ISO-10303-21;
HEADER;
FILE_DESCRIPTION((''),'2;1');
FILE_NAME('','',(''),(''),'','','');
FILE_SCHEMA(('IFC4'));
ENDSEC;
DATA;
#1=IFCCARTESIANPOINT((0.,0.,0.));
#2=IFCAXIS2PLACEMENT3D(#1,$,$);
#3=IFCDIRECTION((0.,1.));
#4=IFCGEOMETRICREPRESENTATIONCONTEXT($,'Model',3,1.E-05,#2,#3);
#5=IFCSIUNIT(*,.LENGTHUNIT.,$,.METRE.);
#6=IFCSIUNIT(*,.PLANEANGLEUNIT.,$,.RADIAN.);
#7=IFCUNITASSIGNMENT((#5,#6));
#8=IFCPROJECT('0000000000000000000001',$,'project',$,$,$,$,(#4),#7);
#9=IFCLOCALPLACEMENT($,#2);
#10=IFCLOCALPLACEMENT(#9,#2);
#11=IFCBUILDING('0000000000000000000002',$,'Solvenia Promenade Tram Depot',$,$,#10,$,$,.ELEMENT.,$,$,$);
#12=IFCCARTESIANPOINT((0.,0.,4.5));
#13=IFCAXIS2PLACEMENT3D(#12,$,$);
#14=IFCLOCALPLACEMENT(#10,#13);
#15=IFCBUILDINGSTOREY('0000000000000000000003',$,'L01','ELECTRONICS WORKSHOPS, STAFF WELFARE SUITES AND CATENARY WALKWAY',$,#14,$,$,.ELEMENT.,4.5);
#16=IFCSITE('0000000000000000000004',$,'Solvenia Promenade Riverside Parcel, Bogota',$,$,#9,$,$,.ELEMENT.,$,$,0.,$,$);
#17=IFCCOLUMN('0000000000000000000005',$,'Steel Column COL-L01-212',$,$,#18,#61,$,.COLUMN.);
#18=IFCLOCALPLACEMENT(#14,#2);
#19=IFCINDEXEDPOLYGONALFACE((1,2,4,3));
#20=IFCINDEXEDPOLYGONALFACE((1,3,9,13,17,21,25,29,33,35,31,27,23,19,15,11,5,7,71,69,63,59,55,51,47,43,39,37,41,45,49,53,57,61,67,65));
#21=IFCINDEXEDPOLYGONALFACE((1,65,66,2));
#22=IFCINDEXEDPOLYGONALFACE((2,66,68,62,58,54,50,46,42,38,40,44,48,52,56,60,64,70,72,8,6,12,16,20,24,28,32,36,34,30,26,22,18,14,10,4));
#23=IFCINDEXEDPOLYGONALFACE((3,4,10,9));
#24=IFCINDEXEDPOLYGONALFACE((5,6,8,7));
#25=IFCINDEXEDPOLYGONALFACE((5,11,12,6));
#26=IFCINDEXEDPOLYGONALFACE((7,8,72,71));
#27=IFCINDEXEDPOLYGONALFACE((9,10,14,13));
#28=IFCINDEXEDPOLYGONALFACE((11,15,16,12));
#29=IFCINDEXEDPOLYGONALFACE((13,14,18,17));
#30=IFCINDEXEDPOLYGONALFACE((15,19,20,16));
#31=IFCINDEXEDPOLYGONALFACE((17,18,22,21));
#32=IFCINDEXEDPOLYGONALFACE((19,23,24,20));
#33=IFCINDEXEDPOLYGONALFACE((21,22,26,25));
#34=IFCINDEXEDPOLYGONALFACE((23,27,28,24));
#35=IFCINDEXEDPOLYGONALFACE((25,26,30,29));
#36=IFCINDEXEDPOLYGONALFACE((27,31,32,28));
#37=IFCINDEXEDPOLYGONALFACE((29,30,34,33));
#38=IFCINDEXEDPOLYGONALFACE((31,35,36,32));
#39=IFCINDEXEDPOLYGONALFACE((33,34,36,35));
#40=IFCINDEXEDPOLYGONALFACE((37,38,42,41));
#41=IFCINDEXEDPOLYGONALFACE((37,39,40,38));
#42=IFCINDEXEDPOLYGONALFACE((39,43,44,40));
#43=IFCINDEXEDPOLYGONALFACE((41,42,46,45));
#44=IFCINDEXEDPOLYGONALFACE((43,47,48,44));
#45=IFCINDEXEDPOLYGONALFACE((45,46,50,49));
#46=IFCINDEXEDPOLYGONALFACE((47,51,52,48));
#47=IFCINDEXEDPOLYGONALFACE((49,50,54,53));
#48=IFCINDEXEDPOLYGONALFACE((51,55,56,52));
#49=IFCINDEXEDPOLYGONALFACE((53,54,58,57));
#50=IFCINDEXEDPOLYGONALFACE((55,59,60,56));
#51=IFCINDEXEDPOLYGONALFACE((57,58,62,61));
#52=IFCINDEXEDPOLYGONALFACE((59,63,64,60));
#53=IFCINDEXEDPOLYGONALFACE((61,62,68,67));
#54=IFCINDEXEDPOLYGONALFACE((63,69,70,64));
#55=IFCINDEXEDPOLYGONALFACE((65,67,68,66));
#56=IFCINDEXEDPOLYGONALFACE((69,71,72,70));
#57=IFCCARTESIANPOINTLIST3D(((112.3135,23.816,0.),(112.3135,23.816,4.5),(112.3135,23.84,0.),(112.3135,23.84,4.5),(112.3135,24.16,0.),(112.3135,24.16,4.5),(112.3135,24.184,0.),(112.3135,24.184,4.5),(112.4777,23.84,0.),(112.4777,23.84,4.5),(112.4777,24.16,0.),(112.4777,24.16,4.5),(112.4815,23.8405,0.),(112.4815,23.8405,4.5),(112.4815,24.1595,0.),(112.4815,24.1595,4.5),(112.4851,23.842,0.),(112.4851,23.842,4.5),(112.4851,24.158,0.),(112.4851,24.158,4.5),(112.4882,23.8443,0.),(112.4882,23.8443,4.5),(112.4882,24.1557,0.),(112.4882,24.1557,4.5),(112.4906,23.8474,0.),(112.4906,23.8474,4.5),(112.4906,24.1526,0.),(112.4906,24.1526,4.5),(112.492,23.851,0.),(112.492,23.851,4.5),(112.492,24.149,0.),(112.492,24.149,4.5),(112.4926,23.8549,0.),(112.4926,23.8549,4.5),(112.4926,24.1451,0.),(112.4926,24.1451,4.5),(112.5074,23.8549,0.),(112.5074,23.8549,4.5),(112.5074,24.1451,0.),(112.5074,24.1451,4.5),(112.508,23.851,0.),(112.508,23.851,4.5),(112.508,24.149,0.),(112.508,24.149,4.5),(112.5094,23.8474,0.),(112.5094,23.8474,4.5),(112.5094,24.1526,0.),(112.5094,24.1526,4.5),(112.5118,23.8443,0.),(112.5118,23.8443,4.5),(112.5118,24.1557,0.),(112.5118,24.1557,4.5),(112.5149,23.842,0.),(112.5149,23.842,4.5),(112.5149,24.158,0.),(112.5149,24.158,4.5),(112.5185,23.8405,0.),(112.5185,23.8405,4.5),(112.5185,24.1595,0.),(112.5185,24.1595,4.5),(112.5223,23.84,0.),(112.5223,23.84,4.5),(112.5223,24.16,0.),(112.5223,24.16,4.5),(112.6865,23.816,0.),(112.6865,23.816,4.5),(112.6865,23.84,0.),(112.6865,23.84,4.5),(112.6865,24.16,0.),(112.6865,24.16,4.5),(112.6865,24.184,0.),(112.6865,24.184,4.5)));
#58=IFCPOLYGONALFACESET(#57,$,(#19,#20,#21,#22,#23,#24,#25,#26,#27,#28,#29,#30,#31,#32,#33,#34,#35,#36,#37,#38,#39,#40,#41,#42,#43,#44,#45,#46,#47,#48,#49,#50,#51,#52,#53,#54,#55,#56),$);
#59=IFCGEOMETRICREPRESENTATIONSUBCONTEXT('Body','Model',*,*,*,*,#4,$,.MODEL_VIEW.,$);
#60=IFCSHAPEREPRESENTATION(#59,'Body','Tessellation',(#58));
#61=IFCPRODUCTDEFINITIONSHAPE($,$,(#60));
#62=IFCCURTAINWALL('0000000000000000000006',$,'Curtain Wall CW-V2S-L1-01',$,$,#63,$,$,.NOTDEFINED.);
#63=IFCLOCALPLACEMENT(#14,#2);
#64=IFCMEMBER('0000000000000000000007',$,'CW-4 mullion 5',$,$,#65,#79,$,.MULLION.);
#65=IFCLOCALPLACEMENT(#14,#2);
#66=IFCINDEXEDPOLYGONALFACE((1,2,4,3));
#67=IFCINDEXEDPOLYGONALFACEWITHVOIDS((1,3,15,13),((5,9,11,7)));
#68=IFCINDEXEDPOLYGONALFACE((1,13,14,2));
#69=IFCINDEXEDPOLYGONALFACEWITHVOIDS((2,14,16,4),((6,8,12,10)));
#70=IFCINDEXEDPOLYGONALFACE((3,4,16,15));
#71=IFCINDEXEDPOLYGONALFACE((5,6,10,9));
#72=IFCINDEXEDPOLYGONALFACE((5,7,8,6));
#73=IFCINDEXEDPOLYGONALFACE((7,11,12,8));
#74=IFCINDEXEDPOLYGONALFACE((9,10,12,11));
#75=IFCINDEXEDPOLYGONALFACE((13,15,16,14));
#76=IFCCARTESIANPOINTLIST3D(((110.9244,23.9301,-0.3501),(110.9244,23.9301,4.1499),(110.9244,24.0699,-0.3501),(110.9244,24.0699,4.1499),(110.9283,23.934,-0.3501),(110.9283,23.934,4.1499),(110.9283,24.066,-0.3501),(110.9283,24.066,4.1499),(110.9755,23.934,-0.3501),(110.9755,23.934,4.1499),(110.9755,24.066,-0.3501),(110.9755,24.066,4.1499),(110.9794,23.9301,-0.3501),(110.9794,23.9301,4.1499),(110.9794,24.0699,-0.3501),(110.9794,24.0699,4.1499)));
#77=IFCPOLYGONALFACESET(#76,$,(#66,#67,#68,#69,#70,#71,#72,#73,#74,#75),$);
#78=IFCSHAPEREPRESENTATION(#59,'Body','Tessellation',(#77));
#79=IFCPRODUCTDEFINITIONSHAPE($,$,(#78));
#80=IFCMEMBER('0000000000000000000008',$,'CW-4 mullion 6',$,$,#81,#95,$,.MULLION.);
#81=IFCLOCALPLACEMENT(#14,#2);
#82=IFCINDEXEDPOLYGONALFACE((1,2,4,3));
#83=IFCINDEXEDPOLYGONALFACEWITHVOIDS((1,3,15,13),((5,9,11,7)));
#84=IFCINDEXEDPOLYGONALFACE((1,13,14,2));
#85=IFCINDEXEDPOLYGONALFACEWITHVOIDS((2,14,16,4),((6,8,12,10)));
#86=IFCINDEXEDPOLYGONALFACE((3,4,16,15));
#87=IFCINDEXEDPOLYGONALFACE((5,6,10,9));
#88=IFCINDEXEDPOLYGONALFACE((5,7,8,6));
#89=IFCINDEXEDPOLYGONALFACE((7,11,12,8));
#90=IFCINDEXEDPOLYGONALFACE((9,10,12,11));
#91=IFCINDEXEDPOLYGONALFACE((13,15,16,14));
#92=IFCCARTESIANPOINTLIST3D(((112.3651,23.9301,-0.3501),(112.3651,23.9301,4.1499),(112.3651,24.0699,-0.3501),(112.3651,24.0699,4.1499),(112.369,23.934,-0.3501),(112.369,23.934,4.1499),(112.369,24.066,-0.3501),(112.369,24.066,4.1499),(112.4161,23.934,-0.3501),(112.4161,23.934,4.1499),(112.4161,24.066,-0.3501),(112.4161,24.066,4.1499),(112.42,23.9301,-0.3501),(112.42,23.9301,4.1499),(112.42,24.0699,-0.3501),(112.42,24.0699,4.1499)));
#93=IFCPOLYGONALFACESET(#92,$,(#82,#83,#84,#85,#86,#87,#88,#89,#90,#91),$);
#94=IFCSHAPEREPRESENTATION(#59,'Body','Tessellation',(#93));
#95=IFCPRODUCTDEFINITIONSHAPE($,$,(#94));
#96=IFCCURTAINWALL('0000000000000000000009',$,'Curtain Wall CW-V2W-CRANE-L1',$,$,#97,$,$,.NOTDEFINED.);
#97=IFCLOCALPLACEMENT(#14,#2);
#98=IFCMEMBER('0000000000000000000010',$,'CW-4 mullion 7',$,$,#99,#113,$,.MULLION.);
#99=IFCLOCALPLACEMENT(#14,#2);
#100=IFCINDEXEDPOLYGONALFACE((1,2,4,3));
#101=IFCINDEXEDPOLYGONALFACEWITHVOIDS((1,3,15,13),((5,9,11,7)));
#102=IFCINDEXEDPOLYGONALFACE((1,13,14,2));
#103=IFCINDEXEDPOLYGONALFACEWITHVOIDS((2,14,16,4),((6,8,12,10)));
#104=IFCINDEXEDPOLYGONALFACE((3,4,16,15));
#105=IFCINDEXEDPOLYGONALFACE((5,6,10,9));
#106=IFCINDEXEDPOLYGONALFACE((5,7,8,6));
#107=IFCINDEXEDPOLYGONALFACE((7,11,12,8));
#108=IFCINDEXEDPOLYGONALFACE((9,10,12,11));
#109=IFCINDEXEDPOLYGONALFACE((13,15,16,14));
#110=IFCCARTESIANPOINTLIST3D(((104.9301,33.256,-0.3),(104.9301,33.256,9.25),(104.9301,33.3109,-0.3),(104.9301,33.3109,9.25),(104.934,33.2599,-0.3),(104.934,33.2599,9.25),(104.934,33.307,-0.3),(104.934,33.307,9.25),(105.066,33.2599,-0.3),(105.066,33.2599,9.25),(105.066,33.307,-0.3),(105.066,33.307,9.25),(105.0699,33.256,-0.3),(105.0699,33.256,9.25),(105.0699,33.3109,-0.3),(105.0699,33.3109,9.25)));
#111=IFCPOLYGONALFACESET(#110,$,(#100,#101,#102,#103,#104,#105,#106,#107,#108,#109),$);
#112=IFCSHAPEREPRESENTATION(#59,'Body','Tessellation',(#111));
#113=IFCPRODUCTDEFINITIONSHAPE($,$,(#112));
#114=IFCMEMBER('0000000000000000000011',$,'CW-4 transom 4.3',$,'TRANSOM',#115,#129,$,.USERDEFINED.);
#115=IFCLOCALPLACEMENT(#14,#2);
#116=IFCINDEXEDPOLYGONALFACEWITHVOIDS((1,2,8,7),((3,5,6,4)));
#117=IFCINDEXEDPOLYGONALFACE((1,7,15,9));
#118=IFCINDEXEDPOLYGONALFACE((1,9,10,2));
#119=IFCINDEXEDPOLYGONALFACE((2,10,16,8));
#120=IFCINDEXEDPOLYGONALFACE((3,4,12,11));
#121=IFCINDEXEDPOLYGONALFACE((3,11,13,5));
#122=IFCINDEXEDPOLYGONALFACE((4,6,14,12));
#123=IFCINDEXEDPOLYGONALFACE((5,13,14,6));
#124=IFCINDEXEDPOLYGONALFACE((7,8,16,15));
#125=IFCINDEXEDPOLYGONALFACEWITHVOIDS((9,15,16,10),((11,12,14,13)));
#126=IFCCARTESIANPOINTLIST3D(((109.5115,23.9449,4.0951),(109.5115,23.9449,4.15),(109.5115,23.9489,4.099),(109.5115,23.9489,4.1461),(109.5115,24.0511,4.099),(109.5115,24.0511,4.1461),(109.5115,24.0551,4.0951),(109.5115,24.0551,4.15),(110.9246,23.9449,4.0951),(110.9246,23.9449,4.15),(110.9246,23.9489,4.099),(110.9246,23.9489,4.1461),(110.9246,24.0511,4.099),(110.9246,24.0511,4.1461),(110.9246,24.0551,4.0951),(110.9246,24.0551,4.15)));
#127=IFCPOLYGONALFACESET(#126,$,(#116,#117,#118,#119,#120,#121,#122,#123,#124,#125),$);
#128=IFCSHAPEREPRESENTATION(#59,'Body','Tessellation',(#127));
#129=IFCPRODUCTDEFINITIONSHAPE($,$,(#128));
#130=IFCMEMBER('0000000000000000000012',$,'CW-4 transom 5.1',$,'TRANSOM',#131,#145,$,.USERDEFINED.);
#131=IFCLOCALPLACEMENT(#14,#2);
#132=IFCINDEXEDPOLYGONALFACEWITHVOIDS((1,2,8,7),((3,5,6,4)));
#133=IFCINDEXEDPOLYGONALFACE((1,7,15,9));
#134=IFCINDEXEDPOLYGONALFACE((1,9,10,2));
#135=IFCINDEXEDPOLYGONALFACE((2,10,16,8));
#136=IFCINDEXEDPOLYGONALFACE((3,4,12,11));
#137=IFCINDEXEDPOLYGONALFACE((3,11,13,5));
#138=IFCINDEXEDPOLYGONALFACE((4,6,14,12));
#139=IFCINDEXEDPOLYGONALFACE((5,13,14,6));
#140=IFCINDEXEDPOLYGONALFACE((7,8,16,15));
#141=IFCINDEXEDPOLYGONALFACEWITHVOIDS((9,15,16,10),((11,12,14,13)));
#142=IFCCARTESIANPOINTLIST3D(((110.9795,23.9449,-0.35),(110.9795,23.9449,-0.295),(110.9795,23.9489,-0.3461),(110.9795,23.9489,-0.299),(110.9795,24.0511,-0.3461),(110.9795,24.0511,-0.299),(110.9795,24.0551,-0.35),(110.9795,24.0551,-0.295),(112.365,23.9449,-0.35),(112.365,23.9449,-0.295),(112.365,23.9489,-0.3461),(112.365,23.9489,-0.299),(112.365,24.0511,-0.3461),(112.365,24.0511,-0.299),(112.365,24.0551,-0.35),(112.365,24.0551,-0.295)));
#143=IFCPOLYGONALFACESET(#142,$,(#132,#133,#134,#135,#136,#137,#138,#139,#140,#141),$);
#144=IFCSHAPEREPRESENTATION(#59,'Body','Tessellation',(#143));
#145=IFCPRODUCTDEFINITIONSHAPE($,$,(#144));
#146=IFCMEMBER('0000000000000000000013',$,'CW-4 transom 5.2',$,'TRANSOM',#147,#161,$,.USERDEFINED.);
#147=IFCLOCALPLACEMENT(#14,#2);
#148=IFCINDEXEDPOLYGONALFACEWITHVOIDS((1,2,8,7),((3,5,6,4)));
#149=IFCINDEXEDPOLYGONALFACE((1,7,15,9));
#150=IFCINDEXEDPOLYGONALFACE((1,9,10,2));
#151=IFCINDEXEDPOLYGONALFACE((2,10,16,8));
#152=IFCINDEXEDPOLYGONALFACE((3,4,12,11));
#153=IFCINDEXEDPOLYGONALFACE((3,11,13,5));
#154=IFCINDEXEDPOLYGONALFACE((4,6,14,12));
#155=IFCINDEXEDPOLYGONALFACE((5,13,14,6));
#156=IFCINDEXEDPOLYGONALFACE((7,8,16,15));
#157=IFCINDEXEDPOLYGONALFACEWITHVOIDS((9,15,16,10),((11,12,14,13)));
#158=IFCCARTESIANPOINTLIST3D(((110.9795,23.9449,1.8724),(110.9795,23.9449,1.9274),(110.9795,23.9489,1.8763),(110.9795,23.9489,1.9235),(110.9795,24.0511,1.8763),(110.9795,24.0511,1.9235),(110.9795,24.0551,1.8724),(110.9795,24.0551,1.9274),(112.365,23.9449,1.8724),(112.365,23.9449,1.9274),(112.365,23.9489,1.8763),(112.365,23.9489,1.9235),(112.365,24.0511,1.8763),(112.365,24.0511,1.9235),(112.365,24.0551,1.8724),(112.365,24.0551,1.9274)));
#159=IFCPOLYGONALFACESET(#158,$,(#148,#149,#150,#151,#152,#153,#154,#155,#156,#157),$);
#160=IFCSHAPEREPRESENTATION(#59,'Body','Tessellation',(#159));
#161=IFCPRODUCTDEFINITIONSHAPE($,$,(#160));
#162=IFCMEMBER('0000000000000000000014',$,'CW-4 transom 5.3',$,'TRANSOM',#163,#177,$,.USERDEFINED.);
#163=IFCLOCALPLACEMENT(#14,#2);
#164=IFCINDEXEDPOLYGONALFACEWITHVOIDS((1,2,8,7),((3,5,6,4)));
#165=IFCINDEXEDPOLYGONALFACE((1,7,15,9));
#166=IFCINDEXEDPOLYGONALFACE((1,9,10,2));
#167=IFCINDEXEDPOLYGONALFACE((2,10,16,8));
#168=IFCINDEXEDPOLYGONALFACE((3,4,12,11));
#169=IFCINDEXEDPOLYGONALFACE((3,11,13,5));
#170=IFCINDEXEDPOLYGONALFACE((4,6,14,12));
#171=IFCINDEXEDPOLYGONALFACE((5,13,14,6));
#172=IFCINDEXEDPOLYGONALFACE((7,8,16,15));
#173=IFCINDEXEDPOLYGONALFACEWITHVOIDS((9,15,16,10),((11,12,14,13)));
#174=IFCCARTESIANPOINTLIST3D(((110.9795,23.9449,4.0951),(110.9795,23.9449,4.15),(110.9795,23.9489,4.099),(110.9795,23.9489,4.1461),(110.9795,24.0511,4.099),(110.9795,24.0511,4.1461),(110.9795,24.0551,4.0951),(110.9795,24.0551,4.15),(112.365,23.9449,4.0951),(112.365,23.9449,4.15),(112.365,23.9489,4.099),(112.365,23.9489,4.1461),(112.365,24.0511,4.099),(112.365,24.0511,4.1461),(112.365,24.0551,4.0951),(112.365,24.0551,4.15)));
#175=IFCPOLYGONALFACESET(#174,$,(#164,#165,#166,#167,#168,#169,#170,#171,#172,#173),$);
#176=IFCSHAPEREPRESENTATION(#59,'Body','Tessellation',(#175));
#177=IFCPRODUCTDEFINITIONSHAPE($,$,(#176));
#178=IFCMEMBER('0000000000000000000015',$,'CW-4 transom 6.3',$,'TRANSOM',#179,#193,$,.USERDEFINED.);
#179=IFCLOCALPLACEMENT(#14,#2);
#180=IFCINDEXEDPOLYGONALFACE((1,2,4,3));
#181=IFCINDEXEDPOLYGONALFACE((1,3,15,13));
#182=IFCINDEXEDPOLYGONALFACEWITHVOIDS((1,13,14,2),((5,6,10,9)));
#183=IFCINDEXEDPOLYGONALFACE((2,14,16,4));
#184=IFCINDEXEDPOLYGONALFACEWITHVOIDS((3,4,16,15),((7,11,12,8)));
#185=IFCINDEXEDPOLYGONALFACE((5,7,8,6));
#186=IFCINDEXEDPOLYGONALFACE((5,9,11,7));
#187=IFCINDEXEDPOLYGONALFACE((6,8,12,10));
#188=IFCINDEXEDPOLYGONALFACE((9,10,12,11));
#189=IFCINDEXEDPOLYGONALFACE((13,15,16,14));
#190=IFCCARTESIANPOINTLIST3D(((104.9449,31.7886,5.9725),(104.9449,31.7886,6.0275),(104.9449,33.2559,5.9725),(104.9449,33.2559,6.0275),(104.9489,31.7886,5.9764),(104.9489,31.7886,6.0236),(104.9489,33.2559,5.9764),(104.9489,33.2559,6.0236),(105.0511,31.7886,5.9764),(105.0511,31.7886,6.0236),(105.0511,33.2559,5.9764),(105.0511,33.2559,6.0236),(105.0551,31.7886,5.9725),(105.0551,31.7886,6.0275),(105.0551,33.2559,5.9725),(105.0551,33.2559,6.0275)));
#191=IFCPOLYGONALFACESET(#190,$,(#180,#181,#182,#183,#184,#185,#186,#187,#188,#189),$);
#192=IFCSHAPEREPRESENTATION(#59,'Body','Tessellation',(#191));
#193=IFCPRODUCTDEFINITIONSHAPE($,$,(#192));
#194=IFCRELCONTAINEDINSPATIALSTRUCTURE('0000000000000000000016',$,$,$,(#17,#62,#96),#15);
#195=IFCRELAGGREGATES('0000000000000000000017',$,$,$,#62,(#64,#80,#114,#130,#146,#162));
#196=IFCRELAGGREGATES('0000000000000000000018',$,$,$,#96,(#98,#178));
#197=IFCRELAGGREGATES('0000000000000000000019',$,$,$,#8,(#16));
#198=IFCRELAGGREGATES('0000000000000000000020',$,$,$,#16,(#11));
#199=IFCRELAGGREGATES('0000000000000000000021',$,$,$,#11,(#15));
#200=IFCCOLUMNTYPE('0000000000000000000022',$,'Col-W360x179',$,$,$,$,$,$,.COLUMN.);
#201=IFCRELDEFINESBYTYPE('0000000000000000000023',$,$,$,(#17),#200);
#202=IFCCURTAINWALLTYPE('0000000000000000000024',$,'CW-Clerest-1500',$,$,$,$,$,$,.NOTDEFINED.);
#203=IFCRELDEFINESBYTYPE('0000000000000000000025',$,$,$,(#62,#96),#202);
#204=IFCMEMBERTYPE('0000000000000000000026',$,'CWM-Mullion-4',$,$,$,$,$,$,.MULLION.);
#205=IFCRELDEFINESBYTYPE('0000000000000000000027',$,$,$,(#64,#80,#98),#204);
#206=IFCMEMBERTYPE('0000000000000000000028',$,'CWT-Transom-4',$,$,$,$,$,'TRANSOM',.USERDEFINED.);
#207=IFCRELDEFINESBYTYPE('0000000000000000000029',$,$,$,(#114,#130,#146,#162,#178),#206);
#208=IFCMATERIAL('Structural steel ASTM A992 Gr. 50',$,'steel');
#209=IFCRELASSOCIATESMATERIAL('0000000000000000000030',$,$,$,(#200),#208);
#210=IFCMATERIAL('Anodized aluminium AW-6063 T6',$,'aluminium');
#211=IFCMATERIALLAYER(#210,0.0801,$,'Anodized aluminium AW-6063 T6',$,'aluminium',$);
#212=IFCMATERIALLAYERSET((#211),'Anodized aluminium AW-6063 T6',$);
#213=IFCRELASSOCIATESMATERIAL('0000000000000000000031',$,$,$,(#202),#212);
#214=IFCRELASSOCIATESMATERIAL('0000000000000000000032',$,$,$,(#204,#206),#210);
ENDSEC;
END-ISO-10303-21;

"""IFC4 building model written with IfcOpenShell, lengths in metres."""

from ifc_helpers import new_model, si_unit, direction, frame, origin, origin_2d, place, context, subcontext, project, spatial, hollow_rectangle, i_section, extrude, material, layer, layer_set, material_profile, profile_set, type_object, element, aggregate, save


model = new_model("IFC4")

# Units and contexts
model_context = context("Model", 3, precision=1e-05, world=origin(), true_north=direction((0.0, 1.0)))
body_context = subcontext(model_context, "Body", "Model", "MODEL_VIEW")
ifc_project = project(units=[si_unit("LENGTHUNIT", "METRE"), si_unit("PLANEANGLEUNIT", "RADIAN")], contexts=[model_context])

# Site, building, storey
site_placement = place(None, origin())
site = spatial("IfcSite", under=ifc_project, at=site_placement, Name="Solvenia Promenade Riverside Parcel, Bogota", CompositionType="ELEMENT", RefElevation=0.0)
building_placement = place(site_placement, origin())
building = spatial("IfcBuilding", under=site, at=building_placement, Name="Solvenia Promenade Tram Depot", CompositionType="ELEMENT")
storey_placement = place(building_placement, frame((0.0, 0.0, 4.5)))
storey = spatial("IfcBuildingStorey", under=building, at=storey_placement, Name="L01", Description="ELECTRONICS WORKSHOPS, STAFF WELFARE SUITES AND CATENARY WALKWAY", CompositionType="ELEMENT", Elevation=4.5)

# Column
ifc_material_1 = material(Name="Structural steel ASTM A992 Gr. 50", Category="steel")
ifc_material_profile_1 = material_profile(ifc_material_1, i_section(OverallWidth=0.373, OverallDepth=0.3679, WebThickness=0.0149, FlangeThickness=0.0239, FilletRadius=0.0149, at=origin_2d()), Name="W360x179", Category="steel")
ifc_profile_set_1 = profile_set([ifc_material_profile_1], Name="Structural steel ASTM A992 Gr. 50")
column_type = type_object("IfcColumnType", Name="Col-W360x179", PredefinedType="COLUMN", material=ifc_profile_set_1)
column_placement = place(storey_placement, frame((112.5, 24.0, 0.0), z_axis=(0.0, 0.0, 1.0), x_axis=(1.0, 0.0, 0.0)))
element("IfcColumn", 1, at=column_placement, inside=storey, type_object=column_type, Name="Steel Column COL-L01-212", PredefinedType="COLUMN", context=body_context, shape_type="SweptSolid", body=[
    extrude(i_section(OverallWidth=0.373, OverallDepth=0.3679, WebThickness=0.0149, FlangeThickness=0.0239, FilletRadius=0.0149, at=origin_2d()), origin(), (0.0, 0.0, 1.0), 4.5),
])

# Curtain wall, members
ifc_material_2 = material(Name="Anodized aluminium AW-6063 T6", Category="aluminium")
ifc_layer_1 = layer(ifc_material_2, 0.0801, Name="Anodized aluminium AW-6063 T6", Category="aluminium")
ifc_layer_set_1 = layer_set([ifc_layer_1], Name="Anodized aluminium AW-6063 T6")
curtain_wall_type = type_object("IfcCurtainWallType", Name="CW-Clerest-1500", PredefinedType="NOTDEFINED", material=ifc_layer_set_1)
curtain_wall_1_placement = place(storey_placement, origin())
curtain_wall_1 = element("IfcCurtainWall", 2, at=curtain_wall_1_placement, inside=storey, type_object=curtain_wall_type, Name="Curtain Wall CW-V2S-L1-01", PredefinedType="NOTDEFINED")
ifc_material_profile_2 = material_profile(ifc_material_2, hollow_rectangle(XDim=0.1399, YDim=0.0549, WallThickness=0.0039, at=origin_2d()), Name="ALU-M4", Category="aluminium")
ifc_profile_set_2 = profile_set([ifc_material_profile_2], Name="Anodized aluminium AW-6063 T6")
member_type_1 = type_object("IfcMemberType", Name="CWM-Mullion-4", PredefinedType="MULLION", material=ifc_profile_set_2)
member_1_placement = place(storey_placement, frame((110.9519, 24.0, -0.3501), z_axis=(0.0, 0.0, 1.0), x_axis=(0.0, 1.0, 0.0)))
member_1 = element("IfcMember", 3, at=member_1_placement, type_object=member_type_1, Name="CW-4 mullion 5", PredefinedType="MULLION", context=body_context, shape_type="SweptSolid", body=[
    extrude(hollow_rectangle(XDim=0.1399, YDim=0.0549, WallThickness=0.0039, at=origin_2d()), origin(), (0.0, 0.0, 1.0), 4.5),
])
member_2_placement = place(storey_placement, frame((112.3926, 24.0, -0.3501), z_axis=(0.0, 0.0, 1.0), x_axis=(0.0, 1.0, 0.0)))
member_2 = element("IfcMember", 4, at=member_2_placement, type_object=member_type_1, Name="CW-4 mullion 6", PredefinedType="MULLION", context=body_context, shape_type="SweptSolid", body=[
    extrude(hollow_rectangle(XDim=0.1399, YDim=0.0549, WallThickness=0.0039, at=origin_2d()), origin(), (0.0, 0.0, 1.0), 4.5),
])

# Curtain wall, member
curtain_wall_2_placement = place(storey_placement, origin())
curtain_wall_2 = element("IfcCurtainWall", 5, at=curtain_wall_2_placement, inside=storey, type_object=curtain_wall_type, Name="Curtain Wall CW-V2W-CRANE-L1", PredefinedType="NOTDEFINED")
member_3_placement = place(storey_placement, frame((105.0, 33.2834, -0.3), z_axis=(0.0, 0.0, 1.0), x_axis=(-1.0, 0.0, 0.0)))
member_3 = element("IfcMember", 6, at=member_3_placement, type_object=member_type_1, Name="CW-4 mullion 7", PredefinedType="MULLION", context=body_context, shape_type="SweptSolid", body=[
    extrude(hollow_rectangle(XDim=0.1399, YDim=0.0549, WallThickness=0.0039, at=origin_2d()), origin(), (0.0, 0.0, 1.0), 9.55),
])

# Members
ifc_material_profile_3 = material_profile(ifc_material_2, hollow_rectangle(XDim=0.1101, YDim=0.0549, WallThickness=0.0039, at=origin_2d()), Name="ALU-T4", Category="aluminium")
ifc_profile_set_3 = profile_set([ifc_material_profile_3], Name="Anodized aluminium AW-6063 T6")
member_type_2 = type_object("IfcMemberType", Name="CWT-Transom-4", ElementType="TRANSOM", PredefinedType="USERDEFINED", material=ifc_profile_set_3)
member_4_placement = place(storey_placement, frame((109.5115, 24.0, 4.1226), z_axis=(1.0, 0.0, 0.0), x_axis=(0.0, 1.0, 0.0)))
member_4 = element("IfcMember", 7, at=member_4_placement, type_object=member_type_2, Name="CW-4 transom 4.3", ObjectType="TRANSOM", PredefinedType="USERDEFINED", context=body_context, shape_type="SweptSolid", body=[
    extrude(hollow_rectangle(XDim=0.1101, YDim=0.0549, WallThickness=0.0039, at=origin_2d()), origin(), (0.0, 0.0, 1.0), 1.4131),
])
member_5_placement = place(storey_placement, frame((110.9795, 24.0, -0.3225), z_axis=(1.0, 0.0, 0.0), x_axis=(0.0, 1.0, 0.0)))
member_5 = element("IfcMember", 8, at=member_5_placement, type_object=member_type_2, Name="CW-4 transom 5.1", ObjectType="TRANSOM", PredefinedType="USERDEFINED", context=body_context, shape_type="SweptSolid", body=[
    extrude(hollow_rectangle(XDim=0.1101, YDim=0.0549, WallThickness=0.0039, at=origin_2d()), origin(), (0.0, 0.0, 1.0), 1.3855),
])
member_6_placement = place(storey_placement, frame((110.9795, 24.0, 1.8999), z_axis=(1.0, 0.0, 0.0), x_axis=(0.0, 1.0, 0.0)))
member_6 = element("IfcMember", 9, at=member_6_placement, type_object=member_type_2, Name="CW-4 transom 5.2", ObjectType="TRANSOM", PredefinedType="USERDEFINED", context=body_context, shape_type="SweptSolid", body=[
    extrude(hollow_rectangle(XDim=0.1101, YDim=0.0549, WallThickness=0.0039, at=origin_2d()), origin(), (0.0, 0.0, 1.0), 1.3855),
])
member_7_placement = place(storey_placement, frame((110.9795, 24.0, 4.1226), z_axis=(1.0, 0.0, 0.0), x_axis=(0.0, 1.0, 0.0)))
member_7 = element("IfcMember", 10, at=member_7_placement, type_object=member_type_2, Name="CW-4 transom 5.3", ObjectType="TRANSOM", PredefinedType="USERDEFINED", context=body_context, shape_type="SweptSolid", body=[
    extrude(hollow_rectangle(XDim=0.1101, YDim=0.0549, WallThickness=0.0039, at=origin_2d()), origin(), (0.0, 0.0, 1.0), 1.3855),
])
member_8_placement = place(storey_placement, frame((105.0, 31.7886, 6.0), z_axis=(0.0, 1.0, 0.0), x_axis=(-1.0, 0.0, 0.0)))
member_8 = element("IfcMember", 11, at=member_8_placement, type_object=member_type_2, Name="CW-4 transom 6.3", ObjectType="TRANSOM", PredefinedType="USERDEFINED", context=body_context, shape_type="SweptSolid", body=[
    extrude(hollow_rectangle(XDim=0.1101, YDim=0.0549, WallThickness=0.0039, at=origin_2d()), origin(), (0.0, 0.0, 1.0), 1.4673),
])

aggregate(curtain_wall_1, [member_1, member_2, member_4, member_5, member_6, member_7])
aggregate(curtain_wall_2, [member_3, member_8])

save(model, "model.ifc")
